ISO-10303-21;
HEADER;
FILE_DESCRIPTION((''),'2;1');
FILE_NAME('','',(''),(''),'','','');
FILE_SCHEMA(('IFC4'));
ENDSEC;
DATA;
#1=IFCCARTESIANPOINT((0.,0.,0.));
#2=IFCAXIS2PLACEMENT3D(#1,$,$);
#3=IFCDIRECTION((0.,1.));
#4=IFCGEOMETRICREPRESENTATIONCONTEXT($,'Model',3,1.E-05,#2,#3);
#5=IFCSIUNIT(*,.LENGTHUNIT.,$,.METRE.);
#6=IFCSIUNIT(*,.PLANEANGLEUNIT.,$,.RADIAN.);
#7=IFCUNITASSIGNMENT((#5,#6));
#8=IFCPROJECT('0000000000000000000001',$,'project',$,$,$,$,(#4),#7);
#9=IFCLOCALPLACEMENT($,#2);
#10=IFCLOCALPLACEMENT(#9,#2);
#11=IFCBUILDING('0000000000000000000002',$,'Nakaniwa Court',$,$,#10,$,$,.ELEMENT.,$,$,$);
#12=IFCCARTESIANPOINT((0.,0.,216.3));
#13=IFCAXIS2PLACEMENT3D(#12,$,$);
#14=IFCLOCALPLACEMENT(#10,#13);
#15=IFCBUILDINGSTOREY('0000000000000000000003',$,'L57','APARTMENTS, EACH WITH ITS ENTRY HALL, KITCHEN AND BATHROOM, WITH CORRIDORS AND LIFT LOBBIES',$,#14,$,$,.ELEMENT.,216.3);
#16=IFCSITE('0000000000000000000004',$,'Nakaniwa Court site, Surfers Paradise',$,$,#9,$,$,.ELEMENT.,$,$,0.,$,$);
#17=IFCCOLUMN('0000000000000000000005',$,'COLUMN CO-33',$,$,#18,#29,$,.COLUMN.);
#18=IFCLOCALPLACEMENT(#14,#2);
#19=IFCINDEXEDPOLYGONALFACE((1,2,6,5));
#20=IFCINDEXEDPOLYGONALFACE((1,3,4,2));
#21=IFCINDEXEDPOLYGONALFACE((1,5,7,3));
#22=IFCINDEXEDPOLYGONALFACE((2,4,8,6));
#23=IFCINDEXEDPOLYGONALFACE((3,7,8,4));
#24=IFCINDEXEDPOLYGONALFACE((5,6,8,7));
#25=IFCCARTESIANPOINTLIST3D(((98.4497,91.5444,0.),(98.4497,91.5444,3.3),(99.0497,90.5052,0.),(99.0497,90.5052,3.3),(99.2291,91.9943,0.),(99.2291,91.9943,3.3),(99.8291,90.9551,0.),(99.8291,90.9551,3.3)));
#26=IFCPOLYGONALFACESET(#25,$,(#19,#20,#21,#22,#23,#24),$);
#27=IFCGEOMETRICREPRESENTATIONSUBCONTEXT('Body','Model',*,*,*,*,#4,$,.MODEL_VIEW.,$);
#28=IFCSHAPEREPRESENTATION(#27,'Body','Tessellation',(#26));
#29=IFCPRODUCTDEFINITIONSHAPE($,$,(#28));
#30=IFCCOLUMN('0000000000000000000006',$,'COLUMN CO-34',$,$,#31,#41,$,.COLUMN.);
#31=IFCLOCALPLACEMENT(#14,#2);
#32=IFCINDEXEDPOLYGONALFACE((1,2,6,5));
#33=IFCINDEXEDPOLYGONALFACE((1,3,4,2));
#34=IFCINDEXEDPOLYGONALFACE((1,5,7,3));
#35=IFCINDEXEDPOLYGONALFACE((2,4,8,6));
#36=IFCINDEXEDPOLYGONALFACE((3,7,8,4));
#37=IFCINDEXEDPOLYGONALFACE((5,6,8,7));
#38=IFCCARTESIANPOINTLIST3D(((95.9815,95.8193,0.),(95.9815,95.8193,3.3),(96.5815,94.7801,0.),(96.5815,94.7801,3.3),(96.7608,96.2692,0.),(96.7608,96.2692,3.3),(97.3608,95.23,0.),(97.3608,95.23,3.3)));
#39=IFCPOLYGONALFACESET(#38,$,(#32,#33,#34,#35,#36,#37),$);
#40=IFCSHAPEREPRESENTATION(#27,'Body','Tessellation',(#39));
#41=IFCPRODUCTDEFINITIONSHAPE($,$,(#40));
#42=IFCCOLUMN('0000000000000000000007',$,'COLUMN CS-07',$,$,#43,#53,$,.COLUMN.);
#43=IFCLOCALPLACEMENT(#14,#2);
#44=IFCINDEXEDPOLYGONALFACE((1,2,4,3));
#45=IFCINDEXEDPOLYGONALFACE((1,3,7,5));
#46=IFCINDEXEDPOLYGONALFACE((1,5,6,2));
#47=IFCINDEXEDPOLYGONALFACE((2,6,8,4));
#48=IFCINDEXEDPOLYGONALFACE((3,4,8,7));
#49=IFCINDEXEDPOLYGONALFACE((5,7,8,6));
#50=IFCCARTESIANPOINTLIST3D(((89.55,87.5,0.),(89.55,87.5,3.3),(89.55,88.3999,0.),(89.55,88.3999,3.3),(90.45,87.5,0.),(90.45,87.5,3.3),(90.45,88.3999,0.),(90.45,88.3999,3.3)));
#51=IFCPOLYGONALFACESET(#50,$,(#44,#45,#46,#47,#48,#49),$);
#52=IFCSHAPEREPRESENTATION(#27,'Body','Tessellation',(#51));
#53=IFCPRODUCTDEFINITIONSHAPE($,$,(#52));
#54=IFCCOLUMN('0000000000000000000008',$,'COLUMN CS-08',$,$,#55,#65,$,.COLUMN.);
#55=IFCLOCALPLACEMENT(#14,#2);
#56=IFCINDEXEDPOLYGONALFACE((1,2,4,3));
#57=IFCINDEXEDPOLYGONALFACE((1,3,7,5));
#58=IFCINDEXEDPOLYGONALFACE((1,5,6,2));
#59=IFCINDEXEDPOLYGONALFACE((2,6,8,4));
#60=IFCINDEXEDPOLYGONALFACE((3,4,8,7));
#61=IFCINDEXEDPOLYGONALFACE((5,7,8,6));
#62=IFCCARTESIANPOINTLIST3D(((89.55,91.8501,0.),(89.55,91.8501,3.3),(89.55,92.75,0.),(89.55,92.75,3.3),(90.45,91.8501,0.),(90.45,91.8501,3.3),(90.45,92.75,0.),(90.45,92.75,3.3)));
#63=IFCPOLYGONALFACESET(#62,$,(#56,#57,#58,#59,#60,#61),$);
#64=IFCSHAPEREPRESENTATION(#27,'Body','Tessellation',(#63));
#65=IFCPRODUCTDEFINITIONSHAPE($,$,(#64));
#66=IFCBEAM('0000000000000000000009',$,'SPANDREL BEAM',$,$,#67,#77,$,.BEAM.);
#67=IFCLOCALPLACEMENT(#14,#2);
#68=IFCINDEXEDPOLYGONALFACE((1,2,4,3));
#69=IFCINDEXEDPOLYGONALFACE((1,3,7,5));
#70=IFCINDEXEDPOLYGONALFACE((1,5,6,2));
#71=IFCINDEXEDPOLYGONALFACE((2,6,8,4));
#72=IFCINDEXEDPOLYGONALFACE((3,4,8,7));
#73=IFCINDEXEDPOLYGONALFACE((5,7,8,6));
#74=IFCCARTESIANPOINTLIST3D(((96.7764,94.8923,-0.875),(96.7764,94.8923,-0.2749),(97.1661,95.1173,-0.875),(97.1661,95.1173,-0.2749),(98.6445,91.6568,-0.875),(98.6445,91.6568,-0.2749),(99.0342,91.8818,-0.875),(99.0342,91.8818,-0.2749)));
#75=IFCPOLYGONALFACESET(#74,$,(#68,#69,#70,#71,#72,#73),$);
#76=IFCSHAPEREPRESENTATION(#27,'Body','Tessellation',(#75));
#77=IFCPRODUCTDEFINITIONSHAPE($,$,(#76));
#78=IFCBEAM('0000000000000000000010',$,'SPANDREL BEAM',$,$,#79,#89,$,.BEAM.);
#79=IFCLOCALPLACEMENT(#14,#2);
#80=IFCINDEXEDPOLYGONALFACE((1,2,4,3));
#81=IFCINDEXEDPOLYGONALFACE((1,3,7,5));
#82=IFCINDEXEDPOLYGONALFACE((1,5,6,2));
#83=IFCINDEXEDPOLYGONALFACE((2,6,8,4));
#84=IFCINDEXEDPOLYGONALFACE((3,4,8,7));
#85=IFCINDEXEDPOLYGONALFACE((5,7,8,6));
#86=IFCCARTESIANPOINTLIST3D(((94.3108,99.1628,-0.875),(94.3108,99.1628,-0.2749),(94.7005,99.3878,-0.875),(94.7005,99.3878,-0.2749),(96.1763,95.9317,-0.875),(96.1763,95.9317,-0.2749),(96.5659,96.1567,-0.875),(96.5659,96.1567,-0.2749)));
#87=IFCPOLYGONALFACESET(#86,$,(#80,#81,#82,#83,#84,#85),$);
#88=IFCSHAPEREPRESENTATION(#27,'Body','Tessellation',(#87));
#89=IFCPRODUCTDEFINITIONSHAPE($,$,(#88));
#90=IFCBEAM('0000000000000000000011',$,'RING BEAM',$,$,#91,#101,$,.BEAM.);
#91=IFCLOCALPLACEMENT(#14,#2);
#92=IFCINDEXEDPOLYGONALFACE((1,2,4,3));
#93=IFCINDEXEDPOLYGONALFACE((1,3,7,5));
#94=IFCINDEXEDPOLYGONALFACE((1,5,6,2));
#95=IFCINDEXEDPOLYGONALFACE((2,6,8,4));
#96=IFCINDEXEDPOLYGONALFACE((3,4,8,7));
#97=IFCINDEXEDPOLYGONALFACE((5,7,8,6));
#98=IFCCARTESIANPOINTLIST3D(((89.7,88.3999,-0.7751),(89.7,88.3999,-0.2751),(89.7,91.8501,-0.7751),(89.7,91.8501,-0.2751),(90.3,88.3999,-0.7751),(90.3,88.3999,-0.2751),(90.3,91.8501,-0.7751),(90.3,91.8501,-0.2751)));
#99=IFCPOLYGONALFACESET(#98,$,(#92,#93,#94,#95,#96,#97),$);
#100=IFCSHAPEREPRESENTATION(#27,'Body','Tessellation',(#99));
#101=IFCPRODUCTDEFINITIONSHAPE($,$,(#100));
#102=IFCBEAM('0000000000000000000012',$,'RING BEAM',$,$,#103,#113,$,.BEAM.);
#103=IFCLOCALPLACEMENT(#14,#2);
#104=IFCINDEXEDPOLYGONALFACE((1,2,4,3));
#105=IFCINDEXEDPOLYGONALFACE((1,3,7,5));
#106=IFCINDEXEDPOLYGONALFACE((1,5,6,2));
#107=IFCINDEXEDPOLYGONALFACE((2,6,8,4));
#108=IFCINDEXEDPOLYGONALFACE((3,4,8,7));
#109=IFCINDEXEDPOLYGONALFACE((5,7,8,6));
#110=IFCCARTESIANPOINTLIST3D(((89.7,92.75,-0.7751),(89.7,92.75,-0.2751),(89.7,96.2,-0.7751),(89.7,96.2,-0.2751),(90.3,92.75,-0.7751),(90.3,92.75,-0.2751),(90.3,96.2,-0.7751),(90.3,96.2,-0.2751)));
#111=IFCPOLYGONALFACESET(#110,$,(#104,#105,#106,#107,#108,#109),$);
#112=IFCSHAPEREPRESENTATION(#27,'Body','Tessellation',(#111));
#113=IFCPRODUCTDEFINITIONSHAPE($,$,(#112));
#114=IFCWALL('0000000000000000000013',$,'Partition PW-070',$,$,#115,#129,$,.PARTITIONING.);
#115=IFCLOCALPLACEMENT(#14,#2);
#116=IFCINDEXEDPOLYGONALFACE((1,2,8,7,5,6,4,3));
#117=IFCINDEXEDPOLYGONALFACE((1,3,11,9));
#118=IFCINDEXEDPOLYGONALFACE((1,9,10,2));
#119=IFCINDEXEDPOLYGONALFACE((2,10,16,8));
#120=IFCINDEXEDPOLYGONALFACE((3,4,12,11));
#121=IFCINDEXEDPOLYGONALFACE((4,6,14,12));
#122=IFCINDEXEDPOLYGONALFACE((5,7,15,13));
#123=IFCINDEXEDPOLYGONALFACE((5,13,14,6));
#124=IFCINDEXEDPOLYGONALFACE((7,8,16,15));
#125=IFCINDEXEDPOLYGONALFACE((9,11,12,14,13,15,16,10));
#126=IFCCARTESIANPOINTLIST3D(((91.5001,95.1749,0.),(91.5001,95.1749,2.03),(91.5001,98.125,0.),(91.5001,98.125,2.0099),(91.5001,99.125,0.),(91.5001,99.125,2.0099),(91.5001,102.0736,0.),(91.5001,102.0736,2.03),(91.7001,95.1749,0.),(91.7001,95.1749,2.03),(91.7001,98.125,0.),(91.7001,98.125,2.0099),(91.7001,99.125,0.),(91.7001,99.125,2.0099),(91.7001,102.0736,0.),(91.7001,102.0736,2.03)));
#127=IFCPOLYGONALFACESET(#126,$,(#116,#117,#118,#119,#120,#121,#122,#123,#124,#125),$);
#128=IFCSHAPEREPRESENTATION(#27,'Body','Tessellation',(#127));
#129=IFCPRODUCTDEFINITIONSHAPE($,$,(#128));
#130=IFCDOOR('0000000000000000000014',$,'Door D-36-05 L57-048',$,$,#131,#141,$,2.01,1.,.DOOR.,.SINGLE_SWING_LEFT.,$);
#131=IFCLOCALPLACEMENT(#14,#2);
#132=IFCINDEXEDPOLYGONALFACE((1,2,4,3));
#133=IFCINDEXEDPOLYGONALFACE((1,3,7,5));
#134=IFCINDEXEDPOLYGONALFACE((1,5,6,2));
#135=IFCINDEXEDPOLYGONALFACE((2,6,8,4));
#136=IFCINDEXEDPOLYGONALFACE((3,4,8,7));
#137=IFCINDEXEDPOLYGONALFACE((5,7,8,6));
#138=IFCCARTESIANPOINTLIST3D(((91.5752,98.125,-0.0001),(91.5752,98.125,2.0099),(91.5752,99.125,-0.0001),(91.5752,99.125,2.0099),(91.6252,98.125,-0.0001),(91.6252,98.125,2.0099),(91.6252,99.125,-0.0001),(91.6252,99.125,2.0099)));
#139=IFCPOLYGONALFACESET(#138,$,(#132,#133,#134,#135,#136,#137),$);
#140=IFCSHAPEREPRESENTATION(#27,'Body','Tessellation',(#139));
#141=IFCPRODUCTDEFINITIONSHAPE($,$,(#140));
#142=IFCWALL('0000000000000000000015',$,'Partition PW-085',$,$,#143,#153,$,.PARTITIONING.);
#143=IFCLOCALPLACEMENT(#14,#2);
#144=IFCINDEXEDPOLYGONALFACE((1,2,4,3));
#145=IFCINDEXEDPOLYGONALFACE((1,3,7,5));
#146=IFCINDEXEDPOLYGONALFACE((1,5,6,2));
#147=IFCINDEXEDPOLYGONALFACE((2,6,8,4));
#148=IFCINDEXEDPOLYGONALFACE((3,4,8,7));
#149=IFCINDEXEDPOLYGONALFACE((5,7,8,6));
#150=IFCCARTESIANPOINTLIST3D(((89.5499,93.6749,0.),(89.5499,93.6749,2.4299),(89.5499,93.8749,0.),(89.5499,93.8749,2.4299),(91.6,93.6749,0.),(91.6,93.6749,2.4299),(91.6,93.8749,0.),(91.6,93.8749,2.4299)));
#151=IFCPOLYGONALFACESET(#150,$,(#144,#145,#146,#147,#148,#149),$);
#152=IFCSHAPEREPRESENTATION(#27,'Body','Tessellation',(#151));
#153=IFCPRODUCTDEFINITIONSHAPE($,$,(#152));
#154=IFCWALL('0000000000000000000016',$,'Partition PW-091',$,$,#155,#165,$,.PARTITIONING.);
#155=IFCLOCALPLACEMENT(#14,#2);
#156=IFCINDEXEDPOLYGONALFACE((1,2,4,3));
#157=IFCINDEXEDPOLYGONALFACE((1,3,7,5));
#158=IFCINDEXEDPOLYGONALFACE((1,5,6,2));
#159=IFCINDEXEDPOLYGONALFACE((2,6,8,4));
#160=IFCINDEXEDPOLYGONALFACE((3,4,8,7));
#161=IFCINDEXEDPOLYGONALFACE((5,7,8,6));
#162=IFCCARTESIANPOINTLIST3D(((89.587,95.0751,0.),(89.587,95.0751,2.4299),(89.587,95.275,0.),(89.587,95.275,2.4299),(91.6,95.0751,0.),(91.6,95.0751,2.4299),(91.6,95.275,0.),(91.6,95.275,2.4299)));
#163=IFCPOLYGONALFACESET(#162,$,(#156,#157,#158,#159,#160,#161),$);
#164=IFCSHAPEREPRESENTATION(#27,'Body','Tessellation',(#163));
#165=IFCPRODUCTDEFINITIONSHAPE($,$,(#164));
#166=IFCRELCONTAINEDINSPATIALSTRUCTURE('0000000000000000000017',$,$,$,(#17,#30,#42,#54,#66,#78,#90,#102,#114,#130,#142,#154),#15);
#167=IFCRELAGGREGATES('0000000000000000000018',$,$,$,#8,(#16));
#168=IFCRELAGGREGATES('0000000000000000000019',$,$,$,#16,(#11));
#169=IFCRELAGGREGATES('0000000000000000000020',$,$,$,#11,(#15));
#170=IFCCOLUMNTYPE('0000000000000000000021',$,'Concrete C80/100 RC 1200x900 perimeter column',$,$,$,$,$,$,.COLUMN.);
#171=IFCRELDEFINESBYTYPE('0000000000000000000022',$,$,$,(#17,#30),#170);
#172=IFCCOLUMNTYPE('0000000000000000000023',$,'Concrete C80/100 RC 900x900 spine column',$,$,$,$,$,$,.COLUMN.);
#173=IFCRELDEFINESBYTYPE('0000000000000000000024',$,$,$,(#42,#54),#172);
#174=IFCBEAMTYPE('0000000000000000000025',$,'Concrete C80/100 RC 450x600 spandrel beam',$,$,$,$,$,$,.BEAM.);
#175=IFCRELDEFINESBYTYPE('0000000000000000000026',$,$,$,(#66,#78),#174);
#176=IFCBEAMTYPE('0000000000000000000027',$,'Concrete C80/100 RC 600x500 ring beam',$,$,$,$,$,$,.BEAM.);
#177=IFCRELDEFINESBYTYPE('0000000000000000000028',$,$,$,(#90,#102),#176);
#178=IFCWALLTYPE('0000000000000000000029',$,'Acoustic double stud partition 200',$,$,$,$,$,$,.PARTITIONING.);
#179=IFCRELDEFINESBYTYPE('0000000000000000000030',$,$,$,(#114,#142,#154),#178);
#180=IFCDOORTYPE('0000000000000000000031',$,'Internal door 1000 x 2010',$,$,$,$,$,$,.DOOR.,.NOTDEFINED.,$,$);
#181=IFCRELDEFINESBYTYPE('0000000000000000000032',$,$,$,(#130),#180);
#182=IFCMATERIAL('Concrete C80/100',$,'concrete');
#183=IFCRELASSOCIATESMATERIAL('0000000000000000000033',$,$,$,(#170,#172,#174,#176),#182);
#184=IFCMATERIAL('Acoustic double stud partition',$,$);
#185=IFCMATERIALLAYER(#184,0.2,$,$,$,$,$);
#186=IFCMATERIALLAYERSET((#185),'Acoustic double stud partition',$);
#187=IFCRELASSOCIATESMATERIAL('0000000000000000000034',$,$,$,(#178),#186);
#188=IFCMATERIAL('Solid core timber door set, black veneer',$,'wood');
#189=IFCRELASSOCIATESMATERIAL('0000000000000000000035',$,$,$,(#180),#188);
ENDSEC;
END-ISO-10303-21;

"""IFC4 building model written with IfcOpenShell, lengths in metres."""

from ifc_helpers import new_model, si_unit, direction, frame, frame_2d, origin, origin_2d, place, context, subcontext, project, spatial, rectangle, extrude, material, layer, layer_set, material_profile, profile_set, type_object, element, fill, save


model = new_model("IFC4")

# Units and contexts
model_context = context("Model", 3, precision=1e-05, world=origin(), true_north=direction((0.0, 1.0)))
body_context = subcontext(model_context, "Body", "Model", "MODEL_VIEW")
ifc_project = project(units=[si_unit("LENGTHUNIT", "METRE"), si_unit("PLANEANGLEUNIT", "RADIAN")], contexts=[model_context])

# Site, building, storey
site_placement = place(None, origin())
site = spatial("IfcSite", under=ifc_project, at=site_placement, Name="Nakaniwa Court site, Surfers Paradise", CompositionType="ELEMENT", RefElevation=0.0)
building_placement = place(site_placement, origin())
building = spatial("IfcBuilding", under=site, at=building_placement, Name="Nakaniwa Court", CompositionType="ELEMENT")
storey_placement = place(building_placement, frame((0.0, 0.0, 216.3)))
storey = spatial("IfcBuildingStorey", under=building, at=storey_placement, Name="L57", Description="APARTMENTS, EACH WITH ITS ENTRY HALL, KITCHEN AND BATHROOM, WITH CORRIDORS AND LIFT LOBBIES", CompositionType="ELEMENT", Elevation=216.3)

# Columns
ifc_material_1 = material(Name="Concrete C80/100", Category="concrete")
ifc_material_profile_1 = material_profile(ifc_material_1, rectangle(XDim=1.2, YDim=0.8999, at=origin_2d()), Name="Concrete C80/100 RC 1200x900 perimeter column")
ifc_profile_set_1 = profile_set([ifc_material_profile_1], Name="Concrete C80/100")
column_type_1 = type_object("IfcColumnType", Name="Concrete C80/100 RC 1200x900 perimeter column", PredefinedType="COLUMN", material=ifc_profile_set_1)
for number, where, z_axis, x_axis, name in (
    (1, (99.1394, 91.2498, 0.0), (0.0, 0.0, 1.0), (-0.5, 0.866025, 0.0), "COLUMN CO-33"),
    (2, (96.6711, 95.5247, 0.0), (0.0, 0.0, 1.0), (-0.5, 0.866025, 0.0), "COLUMN CO-34"),
):
    element("IfcColumn", number, at=place(storey_placement, frame(where, z_axis=z_axis, x_axis=x_axis)), inside=storey, type_object=column_type_1, Name=name, PredefinedType="COLUMN", context=body_context, shape_type="SweptSolid", body=[
        extrude(rectangle(XDim=1.2, YDim=0.8999, at=origin_2d()), origin(), (0.0, 0.0, 1.0), 3.3),
    ])
ifc_material_profile_2 = material_profile(ifc_material_1, rectangle(XDim=0.8999, YDim=0.8999, at=origin_2d()), Name="Concrete C80/100 RC 900x900 spine column")
ifc_profile_set_2 = profile_set([ifc_material_profile_2], Name="Concrete C80/100")
column_type_2 = type_object("IfcColumnType", Name="Concrete C80/100 RC 900x900 spine column", PredefinedType="COLUMN", material=ifc_profile_set_2)
for number, where, z_axis, x_axis, name in (
    (3, (90.0, 87.95, 0.0), (0.0, 0.0, 1.0), (0.0, 1.0, 0.0), "COLUMN CS-07"),
    (4, (90.0, 92.3, 0.0), (0.0, 0.0, 1.0), (0.0, 1.0, 0.0), "COLUMN CS-08"),
):
    element("IfcColumn", number, at=place(storey_placement, frame(where, z_axis=z_axis, x_axis=x_axis)), inside=storey, type_object=column_type_2, Name=name, PredefinedType="COLUMN", context=body_context, shape_type="SweptSolid", body=[
        extrude(rectangle(XDim=0.8999, YDim=0.8999, at=origin_2d()), origin(), (0.0, 0.0, 1.0), 3.3),
    ])

# Beams
ifc_material_profile_3 = material_profile(ifc_material_1, rectangle(XDim=0.45, YDim=0.6001, at=origin_2d()), Name="Concrete C80/100 RC 450x600 spandrel beam")
ifc_profile_set_3 = profile_set([ifc_material_profile_3], Name="Concrete C80/100")
beam_type_1 = type_object("IfcBeamType", Name="Concrete C80/100 RC 450x600 spandrel beam", PredefinedType="BEAM", material=ifc_profile_set_3)
beam_1_placement = place(storey_placement, frame((98.8394, 91.7693, -0.575), z_axis=(-0.500018, 0.866015, 0.0), x_axis=(-0.866015, -0.500018, 0.0)))
element("IfcBeam", 5, at=beam_1_placement, inside=storey, type_object=beam_type_1, Name="SPANDREL BEAM", PredefinedType="BEAM", context=body_context, shape_type="SweptSolid", body=[
    extrude(rectangle(XDim=0.45, YDim=0.6001, at=origin_2d()), origin(), (0.0, 0.0, 1.0), 3.7361),
])
beam_2_placement = place(storey_placement, frame((96.3711, 96.0442, -0.575), z_axis=(-0.499989, 0.866032, 0.0), x_axis=(-0.866032, -0.499989, 0.0)))
element("IfcBeam", 6, at=beam_2_placement, inside=storey, type_object=beam_type_1, Name="SPANDREL BEAM", PredefinedType="BEAM", context=body_context, shape_type="SweptSolid", body=[
    extrude(rectangle(XDim=0.45, YDim=0.6001, at=origin_2d()), origin(), (0.0, 0.0, 1.0), 3.731),
])
ifc_material_profile_4 = material_profile(ifc_material_1, rectangle(XDim=0.6001, YDim=0.5, at=origin_2d()), Name="Concrete C80/100 RC 600x500 ring beam")
ifc_profile_set_4 = profile_set([ifc_material_profile_4], Name="Concrete C80/100")
beam_type_2 = type_object("IfcBeamType", Name="Concrete C80/100 RC 600x500 ring beam", PredefinedType="BEAM", material=ifc_profile_set_4)
beam_3_placement = place(storey_placement, frame((90.0, 88.3999, -0.5251), z_axis=(0.0, 1.0, 0.0), x_axis=(-1.0, 0.0, 0.0)))
element("IfcBeam", 7, at=beam_3_placement, inside=storey, type_object=beam_type_2, Name="RING BEAM", PredefinedType="BEAM", context=body_context, shape_type="SweptSolid", body=[
    extrude(rectangle(XDim=0.6001, YDim=0.5, at=origin_2d()), origin(), (0.0, 0.0, 1.0), 3.4502),
])
beam_4_placement = place(storey_placement, frame((90.0, 92.75, -0.5251), z_axis=(0.0, 1.0, 0.0), x_axis=(-1.0, 0.0, 0.0)))
element("IfcBeam", 8, at=beam_4_placement, inside=storey, type_object=beam_type_2, Name="RING BEAM", PredefinedType="BEAM", context=body_context, shape_type="SweptSolid", body=[
    extrude(rectangle(XDim=0.6001, YDim=0.5, at=origin_2d()), origin(), (0.0, 0.0, 1.0), 3.45),
])

# Wall, opening, door
ifc_material_2 = material(Name="Acoustic double stud partition")
ifc_layer_1 = layer(ifc_material_2, 0.2)
ifc_layer_set_1 = layer_set([ifc_layer_1], Name="Acoustic double stud partition")
wall_type_1 = type_object("IfcWallType", Name="Acoustic double stud partition 200", PredefinedType="PARTITIONING", material=ifc_layer_set_1)
wall_1_placement = place(storey_placement, frame((91.6001, 95.175, 0.0), z_axis=(0.0, 0.0, 1.0), x_axis=(0.0, 1.0, 0.0)))
wall_1 = element("IfcWall", 9, at=wall_1_placement, inside=storey, type_object=wall_type_1, Name="Partition PW-070", PredefinedType="PARTITIONING", context=body_context, shape_type="SweptSolid", body=[
    extrude(rectangle(XDim=6.8987, YDim=0.2, at=frame_2d((3.4492, 0.0))), origin(), (0.0, 0.0, 1.0), 2.03),
])
opening_1_placement = place(wall_1_placement, frame((2.95, 0.0, 0.0)))
opening_1 = element("IfcOpeningElement", 10, at=opening_1_placement, cuts=wall_1, PredefinedType="OPENING", context=body_context, shape_type="SweptSolid", body=[
    extrude(rectangle(XDim=1.0, YDim=2.01, at=frame_2d((0.5, 1.0049))), frame((0.0, 0.1099, 0.0), z_axis=(0.0, -1.0, 0.0), x_axis=(1.0, 0.0, 0.0)), (0.0, 0.0, 1.0), 0.22),
])
ifc_material_3 = material(Name="Solid core timber door set, black veneer", Category="wood")
door_type = type_object("IfcDoorType", Name="Internal door 1000 x 2010", OperationType="NOTDEFINED", PredefinedType="DOOR", material=ifc_material_3)
door_placement = place(opening_1_placement, origin())
door = element("IfcDoor", 11, at=door_placement, inside=storey, type_object=door_type, Name="Door D-36-05 L57-048", OperationType="SINGLE_SWING_LEFT", OverallHeight=2.01, OverallWidth=1.0, PredefinedType="DOOR", context=body_context, shape_type="SweptSolid", body=[
    extrude(rectangle(XDim=1.0, YDim=2.01, at=frame_2d((0.5, 1.0049))), frame((0.0, 0.0249, 0.0), z_axis=(0.0, -1.0, 0.0), x_axis=(1.0, 0.0, 0.0)), (0.0, 0.0, 1.0), 0.05),
])
fill(opening_1, door)

# Walls
wall_2_placement = place(storey_placement, frame((89.55, 93.7749, 0.0), z_axis=(0.0, 0.0, 1.0), x_axis=(1.0, 0.0, 0.0)))
element("IfcWall", 12, at=wall_2_placement, inside=storey, type_object=wall_type_1, Name="Partition PW-085", PredefinedType="PARTITIONING", context=body_context, shape_type="SweptSolid", body=[
    extrude(rectangle(XDim=2.05, YDim=0.2, at=frame_2d((1.0249, 0.0))), origin(), (0.0, 0.0, 1.0), 2.4299),
])
wall_3_placement = place(storey_placement, frame((89.5872, 95.175, 0.0), z_axis=(0.0, 0.0, 1.0), x_axis=(1.0, 0.0, 0.0)))
element("IfcWall", 13, at=wall_3_placement, inside=storey, type_object=wall_type_1, Name="Partition PW-091", PredefinedType="PARTITIONING", context=body_context, shape_type="SweptSolid", body=[
    extrude(rectangle(XDim=2.0129, YDim=0.2, at=frame_2d((1.0063, 0.0))), origin(), (0.0, 0.0, 1.0), 2.4299),
])

save(model, "model.ifc")
